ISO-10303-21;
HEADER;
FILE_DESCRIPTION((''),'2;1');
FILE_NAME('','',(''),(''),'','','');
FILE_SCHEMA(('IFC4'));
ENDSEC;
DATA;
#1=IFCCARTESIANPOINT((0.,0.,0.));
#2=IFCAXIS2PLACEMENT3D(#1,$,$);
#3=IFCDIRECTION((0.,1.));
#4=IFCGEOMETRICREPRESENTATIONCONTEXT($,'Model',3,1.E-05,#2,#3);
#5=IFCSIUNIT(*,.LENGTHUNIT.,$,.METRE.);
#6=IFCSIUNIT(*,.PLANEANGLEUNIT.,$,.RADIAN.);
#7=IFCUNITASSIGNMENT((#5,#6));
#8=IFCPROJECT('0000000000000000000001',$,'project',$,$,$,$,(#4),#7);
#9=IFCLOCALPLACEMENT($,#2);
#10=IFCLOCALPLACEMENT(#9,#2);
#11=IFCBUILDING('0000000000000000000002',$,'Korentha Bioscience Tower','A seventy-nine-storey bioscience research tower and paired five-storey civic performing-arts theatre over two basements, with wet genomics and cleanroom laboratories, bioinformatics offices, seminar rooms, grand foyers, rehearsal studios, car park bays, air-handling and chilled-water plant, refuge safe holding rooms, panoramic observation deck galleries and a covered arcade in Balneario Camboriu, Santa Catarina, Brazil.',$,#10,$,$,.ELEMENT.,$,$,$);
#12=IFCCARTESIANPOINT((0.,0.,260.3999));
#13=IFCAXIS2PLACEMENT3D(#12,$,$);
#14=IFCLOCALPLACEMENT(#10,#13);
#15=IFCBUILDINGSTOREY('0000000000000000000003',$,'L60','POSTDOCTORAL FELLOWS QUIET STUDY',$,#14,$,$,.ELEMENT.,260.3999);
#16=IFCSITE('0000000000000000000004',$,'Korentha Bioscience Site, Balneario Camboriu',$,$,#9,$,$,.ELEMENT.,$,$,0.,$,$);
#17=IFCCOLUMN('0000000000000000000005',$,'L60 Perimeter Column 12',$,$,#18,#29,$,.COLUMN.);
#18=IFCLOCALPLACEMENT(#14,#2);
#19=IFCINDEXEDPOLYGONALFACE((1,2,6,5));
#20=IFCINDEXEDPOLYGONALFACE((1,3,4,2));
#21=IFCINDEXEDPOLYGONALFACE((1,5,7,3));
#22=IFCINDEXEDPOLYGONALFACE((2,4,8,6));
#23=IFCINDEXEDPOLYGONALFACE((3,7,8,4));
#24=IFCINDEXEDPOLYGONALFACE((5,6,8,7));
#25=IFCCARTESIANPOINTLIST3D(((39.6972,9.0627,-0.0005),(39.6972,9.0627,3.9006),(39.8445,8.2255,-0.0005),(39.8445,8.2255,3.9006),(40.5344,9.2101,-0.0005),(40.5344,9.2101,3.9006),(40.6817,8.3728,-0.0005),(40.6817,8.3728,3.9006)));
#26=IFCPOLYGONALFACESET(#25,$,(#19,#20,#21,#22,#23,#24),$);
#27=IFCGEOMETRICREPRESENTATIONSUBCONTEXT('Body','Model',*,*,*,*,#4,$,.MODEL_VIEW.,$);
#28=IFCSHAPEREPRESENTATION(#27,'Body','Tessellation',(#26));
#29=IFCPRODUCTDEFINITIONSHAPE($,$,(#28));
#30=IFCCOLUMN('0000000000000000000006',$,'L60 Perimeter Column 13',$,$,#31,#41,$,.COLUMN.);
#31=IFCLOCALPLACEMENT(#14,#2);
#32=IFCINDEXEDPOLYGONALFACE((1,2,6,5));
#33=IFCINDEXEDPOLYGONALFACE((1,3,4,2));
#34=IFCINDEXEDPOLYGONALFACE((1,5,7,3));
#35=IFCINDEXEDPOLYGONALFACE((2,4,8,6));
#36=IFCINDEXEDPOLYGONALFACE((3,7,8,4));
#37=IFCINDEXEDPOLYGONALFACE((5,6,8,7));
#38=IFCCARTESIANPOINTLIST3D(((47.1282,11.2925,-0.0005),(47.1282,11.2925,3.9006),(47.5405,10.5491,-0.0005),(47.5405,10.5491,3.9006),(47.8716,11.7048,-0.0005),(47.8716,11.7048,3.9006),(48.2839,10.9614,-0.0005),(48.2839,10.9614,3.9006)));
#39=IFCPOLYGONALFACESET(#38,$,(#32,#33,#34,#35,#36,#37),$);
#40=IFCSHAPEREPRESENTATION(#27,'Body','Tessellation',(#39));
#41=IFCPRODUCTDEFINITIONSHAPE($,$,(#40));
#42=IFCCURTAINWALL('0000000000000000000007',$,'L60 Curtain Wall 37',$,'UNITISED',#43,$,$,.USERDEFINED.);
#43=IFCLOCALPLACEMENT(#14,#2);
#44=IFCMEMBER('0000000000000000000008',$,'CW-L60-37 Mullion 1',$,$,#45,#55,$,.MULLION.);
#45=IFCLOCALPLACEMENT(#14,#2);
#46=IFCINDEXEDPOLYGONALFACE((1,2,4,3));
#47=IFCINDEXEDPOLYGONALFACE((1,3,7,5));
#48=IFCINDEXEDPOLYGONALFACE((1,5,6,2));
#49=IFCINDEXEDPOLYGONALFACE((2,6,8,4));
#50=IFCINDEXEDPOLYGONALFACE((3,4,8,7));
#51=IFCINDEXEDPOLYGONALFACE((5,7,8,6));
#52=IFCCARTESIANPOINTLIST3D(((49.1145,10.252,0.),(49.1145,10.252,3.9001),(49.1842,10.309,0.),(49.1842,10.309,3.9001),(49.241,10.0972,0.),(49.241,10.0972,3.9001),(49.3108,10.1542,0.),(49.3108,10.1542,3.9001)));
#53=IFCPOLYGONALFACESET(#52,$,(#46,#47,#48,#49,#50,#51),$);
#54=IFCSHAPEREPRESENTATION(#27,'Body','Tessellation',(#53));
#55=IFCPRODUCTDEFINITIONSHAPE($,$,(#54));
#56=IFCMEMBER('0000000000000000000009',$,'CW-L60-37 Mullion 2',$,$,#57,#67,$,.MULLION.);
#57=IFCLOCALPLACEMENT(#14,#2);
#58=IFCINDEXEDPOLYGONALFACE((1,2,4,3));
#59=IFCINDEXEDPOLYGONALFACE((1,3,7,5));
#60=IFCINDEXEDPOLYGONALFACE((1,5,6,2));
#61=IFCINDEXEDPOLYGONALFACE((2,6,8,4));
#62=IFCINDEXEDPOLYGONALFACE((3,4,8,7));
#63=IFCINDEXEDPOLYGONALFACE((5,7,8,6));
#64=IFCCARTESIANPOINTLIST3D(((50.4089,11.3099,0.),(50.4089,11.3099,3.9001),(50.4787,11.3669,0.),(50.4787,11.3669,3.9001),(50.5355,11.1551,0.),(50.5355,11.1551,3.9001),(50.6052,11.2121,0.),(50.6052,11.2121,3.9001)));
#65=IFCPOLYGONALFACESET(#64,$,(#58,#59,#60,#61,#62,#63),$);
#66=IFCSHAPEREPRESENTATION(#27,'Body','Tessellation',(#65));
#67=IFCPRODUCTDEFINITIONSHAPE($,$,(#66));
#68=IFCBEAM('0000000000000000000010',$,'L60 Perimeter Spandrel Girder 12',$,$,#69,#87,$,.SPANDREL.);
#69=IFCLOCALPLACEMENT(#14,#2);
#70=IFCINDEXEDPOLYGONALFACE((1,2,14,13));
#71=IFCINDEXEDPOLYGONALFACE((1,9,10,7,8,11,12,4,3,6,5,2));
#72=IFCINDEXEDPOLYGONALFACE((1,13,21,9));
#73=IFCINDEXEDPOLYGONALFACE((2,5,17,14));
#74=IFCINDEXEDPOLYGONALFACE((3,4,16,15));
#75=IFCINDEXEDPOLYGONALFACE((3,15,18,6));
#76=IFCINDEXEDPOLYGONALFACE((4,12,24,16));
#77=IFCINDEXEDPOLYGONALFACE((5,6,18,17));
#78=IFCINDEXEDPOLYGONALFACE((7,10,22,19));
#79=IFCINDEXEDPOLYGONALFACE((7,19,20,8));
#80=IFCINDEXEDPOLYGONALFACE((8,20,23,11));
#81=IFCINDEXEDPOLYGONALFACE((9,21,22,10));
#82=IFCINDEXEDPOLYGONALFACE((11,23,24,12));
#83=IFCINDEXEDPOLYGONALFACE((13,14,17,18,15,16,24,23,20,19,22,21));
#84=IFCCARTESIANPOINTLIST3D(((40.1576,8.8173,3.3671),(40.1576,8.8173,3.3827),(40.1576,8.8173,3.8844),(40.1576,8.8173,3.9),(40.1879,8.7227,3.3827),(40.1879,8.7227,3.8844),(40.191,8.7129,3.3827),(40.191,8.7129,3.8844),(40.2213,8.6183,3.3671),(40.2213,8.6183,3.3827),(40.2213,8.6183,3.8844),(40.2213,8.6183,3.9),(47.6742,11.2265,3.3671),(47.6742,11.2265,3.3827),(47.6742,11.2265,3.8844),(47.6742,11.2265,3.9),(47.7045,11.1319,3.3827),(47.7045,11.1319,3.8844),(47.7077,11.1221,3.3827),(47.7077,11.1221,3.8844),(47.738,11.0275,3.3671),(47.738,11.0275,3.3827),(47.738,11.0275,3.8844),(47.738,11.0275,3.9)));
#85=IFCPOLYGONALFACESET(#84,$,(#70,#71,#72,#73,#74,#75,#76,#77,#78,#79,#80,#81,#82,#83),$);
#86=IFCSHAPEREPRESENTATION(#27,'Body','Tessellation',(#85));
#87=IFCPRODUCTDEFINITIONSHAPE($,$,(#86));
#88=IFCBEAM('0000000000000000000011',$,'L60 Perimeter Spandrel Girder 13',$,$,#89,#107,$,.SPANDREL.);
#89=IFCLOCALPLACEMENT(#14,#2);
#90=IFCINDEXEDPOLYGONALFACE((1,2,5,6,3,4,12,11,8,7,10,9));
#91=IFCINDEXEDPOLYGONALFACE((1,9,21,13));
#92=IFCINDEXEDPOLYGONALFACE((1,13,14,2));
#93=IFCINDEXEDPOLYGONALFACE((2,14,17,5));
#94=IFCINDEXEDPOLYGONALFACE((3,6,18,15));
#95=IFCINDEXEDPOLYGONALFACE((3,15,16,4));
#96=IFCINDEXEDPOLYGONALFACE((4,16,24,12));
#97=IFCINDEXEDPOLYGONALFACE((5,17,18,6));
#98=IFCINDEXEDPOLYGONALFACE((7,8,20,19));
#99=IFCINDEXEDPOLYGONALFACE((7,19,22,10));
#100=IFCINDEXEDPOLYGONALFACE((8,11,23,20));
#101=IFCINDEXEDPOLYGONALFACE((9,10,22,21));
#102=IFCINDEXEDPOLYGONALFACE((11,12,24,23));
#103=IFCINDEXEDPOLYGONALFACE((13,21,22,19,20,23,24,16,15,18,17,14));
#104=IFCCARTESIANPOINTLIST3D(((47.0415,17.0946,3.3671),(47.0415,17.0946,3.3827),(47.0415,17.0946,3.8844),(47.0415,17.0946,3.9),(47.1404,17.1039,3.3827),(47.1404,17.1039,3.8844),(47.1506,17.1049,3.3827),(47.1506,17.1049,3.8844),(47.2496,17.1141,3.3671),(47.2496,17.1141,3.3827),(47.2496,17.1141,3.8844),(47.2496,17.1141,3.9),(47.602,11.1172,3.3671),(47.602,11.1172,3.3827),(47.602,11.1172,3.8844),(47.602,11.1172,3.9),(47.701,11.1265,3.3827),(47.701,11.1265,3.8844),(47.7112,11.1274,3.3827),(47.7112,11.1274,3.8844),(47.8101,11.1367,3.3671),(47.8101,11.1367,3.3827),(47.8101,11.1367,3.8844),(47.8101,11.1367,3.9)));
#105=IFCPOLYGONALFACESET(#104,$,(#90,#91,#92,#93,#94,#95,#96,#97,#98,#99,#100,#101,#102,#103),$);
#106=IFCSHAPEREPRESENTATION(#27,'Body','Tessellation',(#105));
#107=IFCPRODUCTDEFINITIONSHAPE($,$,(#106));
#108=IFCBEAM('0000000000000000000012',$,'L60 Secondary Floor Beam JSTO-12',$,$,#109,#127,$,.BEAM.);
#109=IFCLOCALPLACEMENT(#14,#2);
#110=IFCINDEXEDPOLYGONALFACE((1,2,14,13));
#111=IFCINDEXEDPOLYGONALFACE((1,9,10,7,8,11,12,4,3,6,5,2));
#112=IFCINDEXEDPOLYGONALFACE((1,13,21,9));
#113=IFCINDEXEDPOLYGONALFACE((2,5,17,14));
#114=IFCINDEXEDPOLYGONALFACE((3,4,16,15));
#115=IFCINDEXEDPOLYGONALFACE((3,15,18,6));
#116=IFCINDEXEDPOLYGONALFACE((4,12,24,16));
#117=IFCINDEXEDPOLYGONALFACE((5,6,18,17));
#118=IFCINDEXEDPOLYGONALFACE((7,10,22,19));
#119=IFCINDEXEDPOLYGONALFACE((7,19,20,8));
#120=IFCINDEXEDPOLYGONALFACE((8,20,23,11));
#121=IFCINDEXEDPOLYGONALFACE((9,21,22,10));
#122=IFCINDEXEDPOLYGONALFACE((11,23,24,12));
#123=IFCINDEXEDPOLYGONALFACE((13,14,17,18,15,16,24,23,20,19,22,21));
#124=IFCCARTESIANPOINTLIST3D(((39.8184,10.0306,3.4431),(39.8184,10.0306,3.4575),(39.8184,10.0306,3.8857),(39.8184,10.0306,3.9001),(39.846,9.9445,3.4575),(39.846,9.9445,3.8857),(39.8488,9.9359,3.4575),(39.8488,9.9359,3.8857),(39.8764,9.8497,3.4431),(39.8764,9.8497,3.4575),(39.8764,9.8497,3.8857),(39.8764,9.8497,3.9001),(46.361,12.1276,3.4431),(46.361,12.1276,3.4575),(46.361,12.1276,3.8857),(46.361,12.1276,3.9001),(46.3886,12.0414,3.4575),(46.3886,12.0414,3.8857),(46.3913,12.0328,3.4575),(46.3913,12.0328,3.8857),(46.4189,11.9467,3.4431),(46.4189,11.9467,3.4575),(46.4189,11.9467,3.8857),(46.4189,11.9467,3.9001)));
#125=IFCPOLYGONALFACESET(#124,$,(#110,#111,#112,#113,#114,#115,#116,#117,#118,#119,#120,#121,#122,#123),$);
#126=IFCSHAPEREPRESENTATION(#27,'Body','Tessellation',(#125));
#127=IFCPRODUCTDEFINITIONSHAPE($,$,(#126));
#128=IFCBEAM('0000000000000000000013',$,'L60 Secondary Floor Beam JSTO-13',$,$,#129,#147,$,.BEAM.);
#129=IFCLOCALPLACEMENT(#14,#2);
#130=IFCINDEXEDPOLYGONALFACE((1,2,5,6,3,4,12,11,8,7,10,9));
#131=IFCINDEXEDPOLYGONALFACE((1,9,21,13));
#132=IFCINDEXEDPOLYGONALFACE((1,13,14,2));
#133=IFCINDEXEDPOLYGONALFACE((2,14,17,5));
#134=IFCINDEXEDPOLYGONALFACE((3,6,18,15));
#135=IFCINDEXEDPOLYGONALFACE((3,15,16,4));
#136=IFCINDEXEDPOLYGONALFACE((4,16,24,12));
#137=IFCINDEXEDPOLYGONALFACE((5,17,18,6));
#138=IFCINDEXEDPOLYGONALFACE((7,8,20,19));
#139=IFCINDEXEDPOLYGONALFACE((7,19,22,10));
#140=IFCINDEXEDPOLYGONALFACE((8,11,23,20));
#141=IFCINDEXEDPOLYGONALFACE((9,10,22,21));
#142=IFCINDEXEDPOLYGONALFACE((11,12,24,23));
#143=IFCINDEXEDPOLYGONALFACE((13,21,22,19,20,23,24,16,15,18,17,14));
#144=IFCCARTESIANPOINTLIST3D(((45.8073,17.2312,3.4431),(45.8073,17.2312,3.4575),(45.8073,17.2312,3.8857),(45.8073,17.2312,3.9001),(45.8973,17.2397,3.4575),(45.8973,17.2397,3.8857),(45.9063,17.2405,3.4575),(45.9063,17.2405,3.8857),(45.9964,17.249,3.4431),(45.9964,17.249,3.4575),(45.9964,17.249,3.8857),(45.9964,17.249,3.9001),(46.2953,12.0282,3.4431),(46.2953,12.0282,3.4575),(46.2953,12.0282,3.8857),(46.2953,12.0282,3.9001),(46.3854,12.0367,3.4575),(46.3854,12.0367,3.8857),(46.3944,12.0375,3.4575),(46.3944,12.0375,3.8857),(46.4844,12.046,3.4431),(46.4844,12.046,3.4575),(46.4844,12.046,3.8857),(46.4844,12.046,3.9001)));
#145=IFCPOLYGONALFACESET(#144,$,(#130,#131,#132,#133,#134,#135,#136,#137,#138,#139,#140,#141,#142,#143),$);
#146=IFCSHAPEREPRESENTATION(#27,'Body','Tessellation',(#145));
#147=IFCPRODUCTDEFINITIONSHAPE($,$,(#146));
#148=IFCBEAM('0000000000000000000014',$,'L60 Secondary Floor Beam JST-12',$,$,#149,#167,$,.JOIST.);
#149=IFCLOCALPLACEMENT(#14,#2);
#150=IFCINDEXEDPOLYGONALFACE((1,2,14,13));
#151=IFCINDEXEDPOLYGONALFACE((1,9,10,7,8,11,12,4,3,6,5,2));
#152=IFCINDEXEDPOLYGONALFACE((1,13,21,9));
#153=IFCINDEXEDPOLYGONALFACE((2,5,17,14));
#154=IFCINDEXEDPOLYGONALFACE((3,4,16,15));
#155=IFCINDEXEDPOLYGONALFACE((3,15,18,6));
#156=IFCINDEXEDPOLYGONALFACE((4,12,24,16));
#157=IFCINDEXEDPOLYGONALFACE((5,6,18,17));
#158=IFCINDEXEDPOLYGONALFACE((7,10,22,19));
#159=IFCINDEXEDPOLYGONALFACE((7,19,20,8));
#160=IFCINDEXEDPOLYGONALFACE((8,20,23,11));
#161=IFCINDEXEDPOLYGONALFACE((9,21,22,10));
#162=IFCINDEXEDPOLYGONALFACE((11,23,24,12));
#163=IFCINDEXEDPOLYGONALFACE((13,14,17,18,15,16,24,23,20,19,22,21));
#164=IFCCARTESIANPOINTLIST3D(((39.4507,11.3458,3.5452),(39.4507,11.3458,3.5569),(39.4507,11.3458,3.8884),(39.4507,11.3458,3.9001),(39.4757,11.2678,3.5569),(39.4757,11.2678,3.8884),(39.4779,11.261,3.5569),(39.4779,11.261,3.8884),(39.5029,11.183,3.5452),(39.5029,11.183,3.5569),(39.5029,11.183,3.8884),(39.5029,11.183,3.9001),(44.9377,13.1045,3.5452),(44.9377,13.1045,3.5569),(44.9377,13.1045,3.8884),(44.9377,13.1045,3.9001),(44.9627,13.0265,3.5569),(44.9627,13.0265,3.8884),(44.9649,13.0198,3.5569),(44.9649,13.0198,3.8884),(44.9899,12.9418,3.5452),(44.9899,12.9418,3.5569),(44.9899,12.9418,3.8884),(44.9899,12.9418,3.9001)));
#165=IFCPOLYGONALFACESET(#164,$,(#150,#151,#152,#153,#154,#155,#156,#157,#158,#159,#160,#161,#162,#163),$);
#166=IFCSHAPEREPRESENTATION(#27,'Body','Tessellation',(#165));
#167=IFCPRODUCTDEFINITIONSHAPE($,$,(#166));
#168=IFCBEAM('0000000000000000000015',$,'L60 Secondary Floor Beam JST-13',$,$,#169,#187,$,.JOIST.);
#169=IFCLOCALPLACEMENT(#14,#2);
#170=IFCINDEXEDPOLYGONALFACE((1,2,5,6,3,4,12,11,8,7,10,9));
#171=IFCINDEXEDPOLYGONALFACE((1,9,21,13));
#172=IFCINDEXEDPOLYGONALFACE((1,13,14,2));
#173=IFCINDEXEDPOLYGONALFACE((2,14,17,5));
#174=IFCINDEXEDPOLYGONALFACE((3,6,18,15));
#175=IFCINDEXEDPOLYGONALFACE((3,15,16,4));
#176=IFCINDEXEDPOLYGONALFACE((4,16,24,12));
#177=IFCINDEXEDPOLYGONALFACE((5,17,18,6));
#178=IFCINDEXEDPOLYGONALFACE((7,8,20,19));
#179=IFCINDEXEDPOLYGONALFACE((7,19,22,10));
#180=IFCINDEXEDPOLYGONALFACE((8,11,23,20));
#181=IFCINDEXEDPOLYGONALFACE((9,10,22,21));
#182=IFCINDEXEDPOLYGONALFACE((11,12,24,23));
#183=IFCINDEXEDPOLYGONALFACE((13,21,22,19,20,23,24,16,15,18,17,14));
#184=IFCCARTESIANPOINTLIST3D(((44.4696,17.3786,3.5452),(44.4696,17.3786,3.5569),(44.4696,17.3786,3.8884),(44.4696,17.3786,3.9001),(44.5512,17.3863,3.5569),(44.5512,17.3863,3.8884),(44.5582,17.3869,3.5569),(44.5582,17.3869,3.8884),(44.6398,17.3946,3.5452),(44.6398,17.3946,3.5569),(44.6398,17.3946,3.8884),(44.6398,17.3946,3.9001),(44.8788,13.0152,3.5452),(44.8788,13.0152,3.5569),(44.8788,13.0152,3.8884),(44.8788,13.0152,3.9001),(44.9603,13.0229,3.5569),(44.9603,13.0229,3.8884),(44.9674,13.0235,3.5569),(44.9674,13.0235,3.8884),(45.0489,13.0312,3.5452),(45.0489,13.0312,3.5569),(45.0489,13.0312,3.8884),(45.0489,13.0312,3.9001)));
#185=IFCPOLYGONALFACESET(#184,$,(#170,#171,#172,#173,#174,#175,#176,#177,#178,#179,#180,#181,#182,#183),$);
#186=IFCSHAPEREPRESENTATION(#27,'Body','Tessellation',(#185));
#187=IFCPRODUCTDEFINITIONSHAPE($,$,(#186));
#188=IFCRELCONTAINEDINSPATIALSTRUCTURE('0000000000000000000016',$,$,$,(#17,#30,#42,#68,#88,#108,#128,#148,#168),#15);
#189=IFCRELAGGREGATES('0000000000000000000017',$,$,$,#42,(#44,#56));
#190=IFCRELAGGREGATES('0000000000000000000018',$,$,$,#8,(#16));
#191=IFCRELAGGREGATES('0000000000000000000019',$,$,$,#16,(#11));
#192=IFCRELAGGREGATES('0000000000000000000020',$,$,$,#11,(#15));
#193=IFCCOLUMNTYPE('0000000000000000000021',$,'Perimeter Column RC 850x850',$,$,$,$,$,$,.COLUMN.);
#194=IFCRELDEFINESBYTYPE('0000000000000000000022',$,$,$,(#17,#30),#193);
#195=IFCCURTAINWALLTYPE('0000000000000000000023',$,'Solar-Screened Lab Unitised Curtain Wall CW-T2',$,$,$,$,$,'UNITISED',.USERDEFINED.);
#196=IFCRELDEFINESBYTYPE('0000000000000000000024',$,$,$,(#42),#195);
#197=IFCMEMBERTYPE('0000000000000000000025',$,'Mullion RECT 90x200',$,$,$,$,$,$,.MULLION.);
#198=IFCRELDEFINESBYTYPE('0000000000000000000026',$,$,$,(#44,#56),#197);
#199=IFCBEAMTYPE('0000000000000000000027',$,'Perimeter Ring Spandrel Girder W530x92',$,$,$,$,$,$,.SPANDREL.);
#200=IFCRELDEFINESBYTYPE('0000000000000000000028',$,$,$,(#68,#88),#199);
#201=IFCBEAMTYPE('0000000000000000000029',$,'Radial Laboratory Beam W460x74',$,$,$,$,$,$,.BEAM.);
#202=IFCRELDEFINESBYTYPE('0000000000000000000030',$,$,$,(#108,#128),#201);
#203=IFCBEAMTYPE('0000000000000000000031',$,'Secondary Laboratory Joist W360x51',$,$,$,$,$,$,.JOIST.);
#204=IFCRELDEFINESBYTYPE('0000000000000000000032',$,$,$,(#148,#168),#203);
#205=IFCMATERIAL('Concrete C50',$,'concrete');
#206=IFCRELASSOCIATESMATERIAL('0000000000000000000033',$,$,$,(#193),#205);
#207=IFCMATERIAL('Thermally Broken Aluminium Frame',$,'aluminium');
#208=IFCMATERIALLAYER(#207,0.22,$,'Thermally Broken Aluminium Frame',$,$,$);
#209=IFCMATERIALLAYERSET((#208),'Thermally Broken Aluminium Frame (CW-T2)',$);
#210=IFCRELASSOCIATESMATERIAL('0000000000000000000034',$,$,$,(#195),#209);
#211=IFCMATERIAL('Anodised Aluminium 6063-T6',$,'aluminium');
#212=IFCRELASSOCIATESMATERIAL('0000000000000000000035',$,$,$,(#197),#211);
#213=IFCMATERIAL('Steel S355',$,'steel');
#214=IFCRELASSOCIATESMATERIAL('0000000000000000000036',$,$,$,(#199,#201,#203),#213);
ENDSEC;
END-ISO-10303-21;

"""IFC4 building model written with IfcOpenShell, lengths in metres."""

from ifc_helpers import new_model, si_unit, direction, frame, origin, origin_2d, place, context, subcontext, project, spatial, rectangle, i_section, extrude, material, layer, layer_set, material_profile, profile_set, type_object, element, aggregate, save


model = new_model("IFC4")

# Units and contexts
model_context = context("Model", 3, precision=1e-05, world=origin(), true_north=direction((0.0, 1.0)))
body_context = subcontext(model_context, "Body", "Model", "MODEL_VIEW")
ifc_project = project(units=[si_unit("LENGTHUNIT", "METRE"), si_unit("PLANEANGLEUNIT", "RADIAN")], contexts=[model_context])

# Site, building, storey
site_placement = place(None, origin())
site = spatial("IfcSite", under=ifc_project, at=site_placement, Name="Korentha Bioscience Site, Balneario Camboriu", CompositionType="ELEMENT", RefElevation=0.0)
building_placement = place(site_placement, origin())
building = spatial("IfcBuilding", under=site, at=building_placement, Name="Korentha Bioscience Tower", Description="A seventy-nine-storey bioscience research tower and paired five-storey civic performing-arts theatre over two basements, with wet genomics and cleanroom laboratories, bioinformatics offices, seminar rooms, grand foyers, rehearsal studios, car park bays, air-handling and chilled-water plant, refuge safe holding rooms, panoramic observation deck galleries and a covered arcade in Balneario Camboriu, Santa Catarina, Brazil.", CompositionType="ELEMENT")
storey_placement = place(building_placement, frame((0.0, 0.0, 260.3999)))
storey = spatial("IfcBuildingStorey", under=building, at=storey_placement, Name="L60", Description="POSTDOCTORAL FELLOWS QUIET STUDY", CompositionType="ELEMENT", Elevation=260.3999)

# Columns
ifc_material_1 = material(Name="Concrete C50", Category="concrete")
ifc_material_profile_1 = material_profile(ifc_material_1, rectangle(XDim=0.8501, YDim=0.8501, at=origin_2d()), Name="Concrete C50")
ifc_profile_set_1 = profile_set([ifc_material_profile_1], Name="Concrete C50 (COL-P08)")
column_type = type_object("IfcColumnType", Name="Perimeter Column RC 850x850", PredefinedType="COLUMN", material=ifc_profile_set_1)
for number, where, z_axis, x_axis, name in (
    (1, (40.1895, 8.7178, -0.0005), (0.0, 0.0, 1.0), (0.984868, 0.173304, 0.0), "L60 Perimeter Column 12"),
    (2, (47.7061, 11.127, -0.0005), (0.0, 0.0, 1.0), (0.874535, 0.484962, 0.0), "L60 Perimeter Column 13"),
):
    element("IfcColumn", number, at=place(storey_placement, frame(where, z_axis=z_axis, x_axis=x_axis)), inside=storey, type_object=column_type, Name=name, PredefinedType="COLUMN", context=body_context, shape_type="SweptSolid", body=[
        extrude(rectangle(XDim=0.8501, YDim=0.8501, at=origin_2d()), origin(), (0.0, 0.0, 1.0), 3.9011),
    ])

# Curtain wall, members
ifc_material_2 = material(Name="Thermally Broken Aluminium Frame", Category="aluminium")
ifc_layer_1 = layer(ifc_material_2, 0.22, Name="Thermally Broken Aluminium Frame")
ifc_layer_set_1 = layer_set([ifc_layer_1], Name="Thermally Broken Aluminium Frame (CW-T2)")
curtain_wall_type = type_object("IfcCurtainWallType", Name="Solar-Screened Lab Unitised Curtain Wall CW-T2", ElementType="UNITISED", PredefinedType="USERDEFINED", material=ifc_layer_set_1)
curtain_wall_placement = place(storey_placement, origin())
curtain_wall = element("IfcCurtainWall", 3, at=curtain_wall_placement, inside=storey, type_object=curtain_wall_type, Name="L60 Curtain Wall 37", ObjectType="UNITISED", PredefinedType="USERDEFINED")
ifc_material_3 = material(Name="Anodised Aluminium 6063-T6", Category="aluminium")
ifc_material_profile_2 = material_profile(ifc_material_3, rectangle(XDim=0.0901, YDim=0.2, at=origin_2d()), Name="Anodised Aluminium 6063-T6")
ifc_profile_set_2 = profile_set([ifc_material_profile_2], Name="Anodised Aluminium 6063-T6 (CW-MUL)")
member_type_1 = type_object("IfcMemberType", Name="Mullion RECT 90x200", PredefinedType="MULLION", material=ifc_profile_set_2)
member_1_placement = place(storey_placement, frame((49.2126, 10.2031, 0.0), z_axis=(0.0, 0.0, 1.0), x_axis=(0.774235, 0.632898, 0.0)))
member_1 = element("IfcMember", 4, at=member_1_placement, type_object=member_type_1, Name="CW-L60-37 Mullion 1", PredefinedType="MULLION", context=body_context, shape_type="SweptSolid", body=[
    extrude(rectangle(XDim=0.0901, YDim=0.2, at=origin_2d()), origin(), (0.0, 0.0, 1.0), 3.9001),
])
member_2_placement = place(storey_placement, frame((50.5071, 11.261, 0.0), z_axis=(0.0, 0.0, 1.0), x_axis=(0.774235, 0.632898, 0.0)))
member_2 = element("IfcMember", 5, at=member_2_placement, type_object=member_type_1, Name="CW-L60-37 Mullion 2", PredefinedType="MULLION", context=body_context, shape_type="SweptSolid", body=[
    extrude(rectangle(XDim=0.0901, YDim=0.2, at=origin_2d()), origin(), (0.0, 0.0, 1.0), 3.9001),
])

# Beams
ifc_material_4 = material(Name="Steel S355", Category="steel")
ifc_material_profile_3 = material_profile(ifc_material_4, i_section(OverallWidth=0.209, OverallDepth=0.533, WebThickness=0.0103, FlangeThickness=0.0156, at=origin_2d()), Name="Steel S355")
ifc_profile_set_3 = profile_set([ifc_material_profile_3], Name="Steel S355 (SB-530)")
beam_type_1 = type_object("IfcBeamType", Name="Perimeter Ring Spandrel Girder W530x92", PredefinedType="SPANDREL", material=ifc_profile_set_3)
beam_1_placement = place(storey_placement, frame((40.1895, 8.7178, 3.6335), z_axis=(0.952282, 0.30522, 0.0), x_axis=(-0.30522, 0.952282, 0.0)))
element("IfcBeam", 6, at=beam_1_placement, inside=storey, type_object=beam_type_1, Name="L60 Perimeter Spandrel Girder 12", PredefinedType="SPANDREL", context=body_context, shape_type="SweptSolid", body=[
    extrude(i_section(OverallWidth=0.209, OverallDepth=0.533, WebThickness=0.0103, FlangeThickness=0.0156, at=origin_2d()), origin(), (0.0, 0.0, 1.0), 7.8933),
])
beam_2_placement = place(storey_placement, frame((47.7061, 11.127, 3.6335), z_axis=(-0.093366, 0.995632, 0.0), x_axis=(-0.995632, -0.093366, 0.0)))
element("IfcBeam", 7, at=beam_2_placement, inside=storey, type_object=beam_type_1, Name="L60 Perimeter Spandrel Girder 13", PredefinedType="SPANDREL", context=body_context, shape_type="SweptSolid", body=[
    extrude(i_section(OverallWidth=0.209, OverallDepth=0.533, WebThickness=0.0103, FlangeThickness=0.0156, at=origin_2d()), origin(), (0.0, 0.0, 1.0), 6.0037),
])
ifc_material_profile_4 = material_profile(ifc_material_4, i_section(OverallWidth=0.1899, OverallDepth=0.457, WebThickness=0.009, FlangeThickness=0.0144, at=origin_2d()), Name="Steel S355")
ifc_profile_set_4 = profile_set([ifc_material_profile_4], Name="Steel S355 (RB-460)")
beam_type_2 = type_object("IfcBeamType", Name="Radial Laboratory Beam W460x74", PredefinedType="BEAM", material=ifc_profile_set_4)
beam_3_placement = place(storey_placement, frame((39.8474, 9.9402, 3.6716), z_axis=(0.952283, 0.305215, 0.0), x_axis=(-0.305215, 0.952283, 0.0)))
element("IfcBeam", 8, at=beam_3_placement, inside=storey, type_object=beam_type_2, Name="L60 Secondary Floor Beam JSTO-12", PredefinedType="BEAM", context=body_context, shape_type="SweptSolid", body=[
    extrude(i_section(OverallWidth=0.1899, OverallDepth=0.457, WebThickness=0.009, FlangeThickness=0.0144, at=origin_2d()), origin(), (0.0, 0.0, 1.0), 6.8704),
])
beam_4_placement = place(storey_placement, frame((46.3899, 12.0371, 3.6716), z_axis=(-0.093391, 0.995629, 0.0), x_axis=(-0.995629, -0.093391, 0.0)))
element("IfcBeam", 9, at=beam_4_placement, inside=storey, type_object=beam_type_2, Name="L60 Secondary Floor Beam JSTO-13", PredefinedType="BEAM", context=body_context, shape_type="SweptSolid", body=[
    extrude(i_section(OverallWidth=0.1899, OverallDepth=0.457, WebThickness=0.009, FlangeThickness=0.0144, at=origin_2d()), origin(), (0.0, 0.0, 1.0), 5.2258),
])
ifc_material_profile_5 = material_profile(ifc_material_4, i_section(OverallWidth=0.1709, OverallDepth=0.355, WebThickness=0.0071, FlangeThickness=0.0117, at=origin_2d()), Name="Steel S355")
ifc_profile_set_5 = profile_set([ifc_material_profile_5], Name="Steel S355 (JB-360)")
beam_type_3 = type_object("IfcBeamType", Name="Secondary Laboratory Joist W360x51", PredefinedType="JOIST", material=ifc_profile_set_5)
beam_5_placement = place(storey_placement, frame((39.4768, 11.2644, 3.7227), z_axis=(0.952276, 0.305237, 0.0), x_axis=(-0.305237, 0.952276, 0.0)))
element("IfcBeam", 10, at=beam_5_placement, inside=storey, type_object=beam_type_3, Name="L60 Secondary Floor Beam JST-12", PredefinedType="JOIST", context=body_context, shape_type="SweptSolid", body=[
    extrude(i_section(OverallWidth=0.1709, OverallDepth=0.355, WebThickness=0.0071, FlangeThickness=0.0117, at=origin_2d()), origin(), (0.0, 0.0, 1.0), 5.762),
])
beam_6_placement = place(storey_placement, frame((44.9639, 13.0232, 3.7227), z_axis=(-0.093363, 0.995632, 0.0), x_axis=(-0.995632, -0.093363, 0.0)))
element("IfcBeam", 11, at=beam_6_placement, inside=storey, type_object=beam_type_3, Name="L60 Secondary Floor Beam JST-13", PredefinedType="JOIST", context=body_context, shape_type="SweptSolid", body=[
    extrude(i_section(OverallWidth=0.1709, OverallDepth=0.355, WebThickness=0.0071, FlangeThickness=0.0117, at=origin_2d()), origin(), (0.0, 0.0, 1.0), 4.3826),
])

aggregate(curtain_wall, [member_1, member_2])

save(model, "model.ifc")
